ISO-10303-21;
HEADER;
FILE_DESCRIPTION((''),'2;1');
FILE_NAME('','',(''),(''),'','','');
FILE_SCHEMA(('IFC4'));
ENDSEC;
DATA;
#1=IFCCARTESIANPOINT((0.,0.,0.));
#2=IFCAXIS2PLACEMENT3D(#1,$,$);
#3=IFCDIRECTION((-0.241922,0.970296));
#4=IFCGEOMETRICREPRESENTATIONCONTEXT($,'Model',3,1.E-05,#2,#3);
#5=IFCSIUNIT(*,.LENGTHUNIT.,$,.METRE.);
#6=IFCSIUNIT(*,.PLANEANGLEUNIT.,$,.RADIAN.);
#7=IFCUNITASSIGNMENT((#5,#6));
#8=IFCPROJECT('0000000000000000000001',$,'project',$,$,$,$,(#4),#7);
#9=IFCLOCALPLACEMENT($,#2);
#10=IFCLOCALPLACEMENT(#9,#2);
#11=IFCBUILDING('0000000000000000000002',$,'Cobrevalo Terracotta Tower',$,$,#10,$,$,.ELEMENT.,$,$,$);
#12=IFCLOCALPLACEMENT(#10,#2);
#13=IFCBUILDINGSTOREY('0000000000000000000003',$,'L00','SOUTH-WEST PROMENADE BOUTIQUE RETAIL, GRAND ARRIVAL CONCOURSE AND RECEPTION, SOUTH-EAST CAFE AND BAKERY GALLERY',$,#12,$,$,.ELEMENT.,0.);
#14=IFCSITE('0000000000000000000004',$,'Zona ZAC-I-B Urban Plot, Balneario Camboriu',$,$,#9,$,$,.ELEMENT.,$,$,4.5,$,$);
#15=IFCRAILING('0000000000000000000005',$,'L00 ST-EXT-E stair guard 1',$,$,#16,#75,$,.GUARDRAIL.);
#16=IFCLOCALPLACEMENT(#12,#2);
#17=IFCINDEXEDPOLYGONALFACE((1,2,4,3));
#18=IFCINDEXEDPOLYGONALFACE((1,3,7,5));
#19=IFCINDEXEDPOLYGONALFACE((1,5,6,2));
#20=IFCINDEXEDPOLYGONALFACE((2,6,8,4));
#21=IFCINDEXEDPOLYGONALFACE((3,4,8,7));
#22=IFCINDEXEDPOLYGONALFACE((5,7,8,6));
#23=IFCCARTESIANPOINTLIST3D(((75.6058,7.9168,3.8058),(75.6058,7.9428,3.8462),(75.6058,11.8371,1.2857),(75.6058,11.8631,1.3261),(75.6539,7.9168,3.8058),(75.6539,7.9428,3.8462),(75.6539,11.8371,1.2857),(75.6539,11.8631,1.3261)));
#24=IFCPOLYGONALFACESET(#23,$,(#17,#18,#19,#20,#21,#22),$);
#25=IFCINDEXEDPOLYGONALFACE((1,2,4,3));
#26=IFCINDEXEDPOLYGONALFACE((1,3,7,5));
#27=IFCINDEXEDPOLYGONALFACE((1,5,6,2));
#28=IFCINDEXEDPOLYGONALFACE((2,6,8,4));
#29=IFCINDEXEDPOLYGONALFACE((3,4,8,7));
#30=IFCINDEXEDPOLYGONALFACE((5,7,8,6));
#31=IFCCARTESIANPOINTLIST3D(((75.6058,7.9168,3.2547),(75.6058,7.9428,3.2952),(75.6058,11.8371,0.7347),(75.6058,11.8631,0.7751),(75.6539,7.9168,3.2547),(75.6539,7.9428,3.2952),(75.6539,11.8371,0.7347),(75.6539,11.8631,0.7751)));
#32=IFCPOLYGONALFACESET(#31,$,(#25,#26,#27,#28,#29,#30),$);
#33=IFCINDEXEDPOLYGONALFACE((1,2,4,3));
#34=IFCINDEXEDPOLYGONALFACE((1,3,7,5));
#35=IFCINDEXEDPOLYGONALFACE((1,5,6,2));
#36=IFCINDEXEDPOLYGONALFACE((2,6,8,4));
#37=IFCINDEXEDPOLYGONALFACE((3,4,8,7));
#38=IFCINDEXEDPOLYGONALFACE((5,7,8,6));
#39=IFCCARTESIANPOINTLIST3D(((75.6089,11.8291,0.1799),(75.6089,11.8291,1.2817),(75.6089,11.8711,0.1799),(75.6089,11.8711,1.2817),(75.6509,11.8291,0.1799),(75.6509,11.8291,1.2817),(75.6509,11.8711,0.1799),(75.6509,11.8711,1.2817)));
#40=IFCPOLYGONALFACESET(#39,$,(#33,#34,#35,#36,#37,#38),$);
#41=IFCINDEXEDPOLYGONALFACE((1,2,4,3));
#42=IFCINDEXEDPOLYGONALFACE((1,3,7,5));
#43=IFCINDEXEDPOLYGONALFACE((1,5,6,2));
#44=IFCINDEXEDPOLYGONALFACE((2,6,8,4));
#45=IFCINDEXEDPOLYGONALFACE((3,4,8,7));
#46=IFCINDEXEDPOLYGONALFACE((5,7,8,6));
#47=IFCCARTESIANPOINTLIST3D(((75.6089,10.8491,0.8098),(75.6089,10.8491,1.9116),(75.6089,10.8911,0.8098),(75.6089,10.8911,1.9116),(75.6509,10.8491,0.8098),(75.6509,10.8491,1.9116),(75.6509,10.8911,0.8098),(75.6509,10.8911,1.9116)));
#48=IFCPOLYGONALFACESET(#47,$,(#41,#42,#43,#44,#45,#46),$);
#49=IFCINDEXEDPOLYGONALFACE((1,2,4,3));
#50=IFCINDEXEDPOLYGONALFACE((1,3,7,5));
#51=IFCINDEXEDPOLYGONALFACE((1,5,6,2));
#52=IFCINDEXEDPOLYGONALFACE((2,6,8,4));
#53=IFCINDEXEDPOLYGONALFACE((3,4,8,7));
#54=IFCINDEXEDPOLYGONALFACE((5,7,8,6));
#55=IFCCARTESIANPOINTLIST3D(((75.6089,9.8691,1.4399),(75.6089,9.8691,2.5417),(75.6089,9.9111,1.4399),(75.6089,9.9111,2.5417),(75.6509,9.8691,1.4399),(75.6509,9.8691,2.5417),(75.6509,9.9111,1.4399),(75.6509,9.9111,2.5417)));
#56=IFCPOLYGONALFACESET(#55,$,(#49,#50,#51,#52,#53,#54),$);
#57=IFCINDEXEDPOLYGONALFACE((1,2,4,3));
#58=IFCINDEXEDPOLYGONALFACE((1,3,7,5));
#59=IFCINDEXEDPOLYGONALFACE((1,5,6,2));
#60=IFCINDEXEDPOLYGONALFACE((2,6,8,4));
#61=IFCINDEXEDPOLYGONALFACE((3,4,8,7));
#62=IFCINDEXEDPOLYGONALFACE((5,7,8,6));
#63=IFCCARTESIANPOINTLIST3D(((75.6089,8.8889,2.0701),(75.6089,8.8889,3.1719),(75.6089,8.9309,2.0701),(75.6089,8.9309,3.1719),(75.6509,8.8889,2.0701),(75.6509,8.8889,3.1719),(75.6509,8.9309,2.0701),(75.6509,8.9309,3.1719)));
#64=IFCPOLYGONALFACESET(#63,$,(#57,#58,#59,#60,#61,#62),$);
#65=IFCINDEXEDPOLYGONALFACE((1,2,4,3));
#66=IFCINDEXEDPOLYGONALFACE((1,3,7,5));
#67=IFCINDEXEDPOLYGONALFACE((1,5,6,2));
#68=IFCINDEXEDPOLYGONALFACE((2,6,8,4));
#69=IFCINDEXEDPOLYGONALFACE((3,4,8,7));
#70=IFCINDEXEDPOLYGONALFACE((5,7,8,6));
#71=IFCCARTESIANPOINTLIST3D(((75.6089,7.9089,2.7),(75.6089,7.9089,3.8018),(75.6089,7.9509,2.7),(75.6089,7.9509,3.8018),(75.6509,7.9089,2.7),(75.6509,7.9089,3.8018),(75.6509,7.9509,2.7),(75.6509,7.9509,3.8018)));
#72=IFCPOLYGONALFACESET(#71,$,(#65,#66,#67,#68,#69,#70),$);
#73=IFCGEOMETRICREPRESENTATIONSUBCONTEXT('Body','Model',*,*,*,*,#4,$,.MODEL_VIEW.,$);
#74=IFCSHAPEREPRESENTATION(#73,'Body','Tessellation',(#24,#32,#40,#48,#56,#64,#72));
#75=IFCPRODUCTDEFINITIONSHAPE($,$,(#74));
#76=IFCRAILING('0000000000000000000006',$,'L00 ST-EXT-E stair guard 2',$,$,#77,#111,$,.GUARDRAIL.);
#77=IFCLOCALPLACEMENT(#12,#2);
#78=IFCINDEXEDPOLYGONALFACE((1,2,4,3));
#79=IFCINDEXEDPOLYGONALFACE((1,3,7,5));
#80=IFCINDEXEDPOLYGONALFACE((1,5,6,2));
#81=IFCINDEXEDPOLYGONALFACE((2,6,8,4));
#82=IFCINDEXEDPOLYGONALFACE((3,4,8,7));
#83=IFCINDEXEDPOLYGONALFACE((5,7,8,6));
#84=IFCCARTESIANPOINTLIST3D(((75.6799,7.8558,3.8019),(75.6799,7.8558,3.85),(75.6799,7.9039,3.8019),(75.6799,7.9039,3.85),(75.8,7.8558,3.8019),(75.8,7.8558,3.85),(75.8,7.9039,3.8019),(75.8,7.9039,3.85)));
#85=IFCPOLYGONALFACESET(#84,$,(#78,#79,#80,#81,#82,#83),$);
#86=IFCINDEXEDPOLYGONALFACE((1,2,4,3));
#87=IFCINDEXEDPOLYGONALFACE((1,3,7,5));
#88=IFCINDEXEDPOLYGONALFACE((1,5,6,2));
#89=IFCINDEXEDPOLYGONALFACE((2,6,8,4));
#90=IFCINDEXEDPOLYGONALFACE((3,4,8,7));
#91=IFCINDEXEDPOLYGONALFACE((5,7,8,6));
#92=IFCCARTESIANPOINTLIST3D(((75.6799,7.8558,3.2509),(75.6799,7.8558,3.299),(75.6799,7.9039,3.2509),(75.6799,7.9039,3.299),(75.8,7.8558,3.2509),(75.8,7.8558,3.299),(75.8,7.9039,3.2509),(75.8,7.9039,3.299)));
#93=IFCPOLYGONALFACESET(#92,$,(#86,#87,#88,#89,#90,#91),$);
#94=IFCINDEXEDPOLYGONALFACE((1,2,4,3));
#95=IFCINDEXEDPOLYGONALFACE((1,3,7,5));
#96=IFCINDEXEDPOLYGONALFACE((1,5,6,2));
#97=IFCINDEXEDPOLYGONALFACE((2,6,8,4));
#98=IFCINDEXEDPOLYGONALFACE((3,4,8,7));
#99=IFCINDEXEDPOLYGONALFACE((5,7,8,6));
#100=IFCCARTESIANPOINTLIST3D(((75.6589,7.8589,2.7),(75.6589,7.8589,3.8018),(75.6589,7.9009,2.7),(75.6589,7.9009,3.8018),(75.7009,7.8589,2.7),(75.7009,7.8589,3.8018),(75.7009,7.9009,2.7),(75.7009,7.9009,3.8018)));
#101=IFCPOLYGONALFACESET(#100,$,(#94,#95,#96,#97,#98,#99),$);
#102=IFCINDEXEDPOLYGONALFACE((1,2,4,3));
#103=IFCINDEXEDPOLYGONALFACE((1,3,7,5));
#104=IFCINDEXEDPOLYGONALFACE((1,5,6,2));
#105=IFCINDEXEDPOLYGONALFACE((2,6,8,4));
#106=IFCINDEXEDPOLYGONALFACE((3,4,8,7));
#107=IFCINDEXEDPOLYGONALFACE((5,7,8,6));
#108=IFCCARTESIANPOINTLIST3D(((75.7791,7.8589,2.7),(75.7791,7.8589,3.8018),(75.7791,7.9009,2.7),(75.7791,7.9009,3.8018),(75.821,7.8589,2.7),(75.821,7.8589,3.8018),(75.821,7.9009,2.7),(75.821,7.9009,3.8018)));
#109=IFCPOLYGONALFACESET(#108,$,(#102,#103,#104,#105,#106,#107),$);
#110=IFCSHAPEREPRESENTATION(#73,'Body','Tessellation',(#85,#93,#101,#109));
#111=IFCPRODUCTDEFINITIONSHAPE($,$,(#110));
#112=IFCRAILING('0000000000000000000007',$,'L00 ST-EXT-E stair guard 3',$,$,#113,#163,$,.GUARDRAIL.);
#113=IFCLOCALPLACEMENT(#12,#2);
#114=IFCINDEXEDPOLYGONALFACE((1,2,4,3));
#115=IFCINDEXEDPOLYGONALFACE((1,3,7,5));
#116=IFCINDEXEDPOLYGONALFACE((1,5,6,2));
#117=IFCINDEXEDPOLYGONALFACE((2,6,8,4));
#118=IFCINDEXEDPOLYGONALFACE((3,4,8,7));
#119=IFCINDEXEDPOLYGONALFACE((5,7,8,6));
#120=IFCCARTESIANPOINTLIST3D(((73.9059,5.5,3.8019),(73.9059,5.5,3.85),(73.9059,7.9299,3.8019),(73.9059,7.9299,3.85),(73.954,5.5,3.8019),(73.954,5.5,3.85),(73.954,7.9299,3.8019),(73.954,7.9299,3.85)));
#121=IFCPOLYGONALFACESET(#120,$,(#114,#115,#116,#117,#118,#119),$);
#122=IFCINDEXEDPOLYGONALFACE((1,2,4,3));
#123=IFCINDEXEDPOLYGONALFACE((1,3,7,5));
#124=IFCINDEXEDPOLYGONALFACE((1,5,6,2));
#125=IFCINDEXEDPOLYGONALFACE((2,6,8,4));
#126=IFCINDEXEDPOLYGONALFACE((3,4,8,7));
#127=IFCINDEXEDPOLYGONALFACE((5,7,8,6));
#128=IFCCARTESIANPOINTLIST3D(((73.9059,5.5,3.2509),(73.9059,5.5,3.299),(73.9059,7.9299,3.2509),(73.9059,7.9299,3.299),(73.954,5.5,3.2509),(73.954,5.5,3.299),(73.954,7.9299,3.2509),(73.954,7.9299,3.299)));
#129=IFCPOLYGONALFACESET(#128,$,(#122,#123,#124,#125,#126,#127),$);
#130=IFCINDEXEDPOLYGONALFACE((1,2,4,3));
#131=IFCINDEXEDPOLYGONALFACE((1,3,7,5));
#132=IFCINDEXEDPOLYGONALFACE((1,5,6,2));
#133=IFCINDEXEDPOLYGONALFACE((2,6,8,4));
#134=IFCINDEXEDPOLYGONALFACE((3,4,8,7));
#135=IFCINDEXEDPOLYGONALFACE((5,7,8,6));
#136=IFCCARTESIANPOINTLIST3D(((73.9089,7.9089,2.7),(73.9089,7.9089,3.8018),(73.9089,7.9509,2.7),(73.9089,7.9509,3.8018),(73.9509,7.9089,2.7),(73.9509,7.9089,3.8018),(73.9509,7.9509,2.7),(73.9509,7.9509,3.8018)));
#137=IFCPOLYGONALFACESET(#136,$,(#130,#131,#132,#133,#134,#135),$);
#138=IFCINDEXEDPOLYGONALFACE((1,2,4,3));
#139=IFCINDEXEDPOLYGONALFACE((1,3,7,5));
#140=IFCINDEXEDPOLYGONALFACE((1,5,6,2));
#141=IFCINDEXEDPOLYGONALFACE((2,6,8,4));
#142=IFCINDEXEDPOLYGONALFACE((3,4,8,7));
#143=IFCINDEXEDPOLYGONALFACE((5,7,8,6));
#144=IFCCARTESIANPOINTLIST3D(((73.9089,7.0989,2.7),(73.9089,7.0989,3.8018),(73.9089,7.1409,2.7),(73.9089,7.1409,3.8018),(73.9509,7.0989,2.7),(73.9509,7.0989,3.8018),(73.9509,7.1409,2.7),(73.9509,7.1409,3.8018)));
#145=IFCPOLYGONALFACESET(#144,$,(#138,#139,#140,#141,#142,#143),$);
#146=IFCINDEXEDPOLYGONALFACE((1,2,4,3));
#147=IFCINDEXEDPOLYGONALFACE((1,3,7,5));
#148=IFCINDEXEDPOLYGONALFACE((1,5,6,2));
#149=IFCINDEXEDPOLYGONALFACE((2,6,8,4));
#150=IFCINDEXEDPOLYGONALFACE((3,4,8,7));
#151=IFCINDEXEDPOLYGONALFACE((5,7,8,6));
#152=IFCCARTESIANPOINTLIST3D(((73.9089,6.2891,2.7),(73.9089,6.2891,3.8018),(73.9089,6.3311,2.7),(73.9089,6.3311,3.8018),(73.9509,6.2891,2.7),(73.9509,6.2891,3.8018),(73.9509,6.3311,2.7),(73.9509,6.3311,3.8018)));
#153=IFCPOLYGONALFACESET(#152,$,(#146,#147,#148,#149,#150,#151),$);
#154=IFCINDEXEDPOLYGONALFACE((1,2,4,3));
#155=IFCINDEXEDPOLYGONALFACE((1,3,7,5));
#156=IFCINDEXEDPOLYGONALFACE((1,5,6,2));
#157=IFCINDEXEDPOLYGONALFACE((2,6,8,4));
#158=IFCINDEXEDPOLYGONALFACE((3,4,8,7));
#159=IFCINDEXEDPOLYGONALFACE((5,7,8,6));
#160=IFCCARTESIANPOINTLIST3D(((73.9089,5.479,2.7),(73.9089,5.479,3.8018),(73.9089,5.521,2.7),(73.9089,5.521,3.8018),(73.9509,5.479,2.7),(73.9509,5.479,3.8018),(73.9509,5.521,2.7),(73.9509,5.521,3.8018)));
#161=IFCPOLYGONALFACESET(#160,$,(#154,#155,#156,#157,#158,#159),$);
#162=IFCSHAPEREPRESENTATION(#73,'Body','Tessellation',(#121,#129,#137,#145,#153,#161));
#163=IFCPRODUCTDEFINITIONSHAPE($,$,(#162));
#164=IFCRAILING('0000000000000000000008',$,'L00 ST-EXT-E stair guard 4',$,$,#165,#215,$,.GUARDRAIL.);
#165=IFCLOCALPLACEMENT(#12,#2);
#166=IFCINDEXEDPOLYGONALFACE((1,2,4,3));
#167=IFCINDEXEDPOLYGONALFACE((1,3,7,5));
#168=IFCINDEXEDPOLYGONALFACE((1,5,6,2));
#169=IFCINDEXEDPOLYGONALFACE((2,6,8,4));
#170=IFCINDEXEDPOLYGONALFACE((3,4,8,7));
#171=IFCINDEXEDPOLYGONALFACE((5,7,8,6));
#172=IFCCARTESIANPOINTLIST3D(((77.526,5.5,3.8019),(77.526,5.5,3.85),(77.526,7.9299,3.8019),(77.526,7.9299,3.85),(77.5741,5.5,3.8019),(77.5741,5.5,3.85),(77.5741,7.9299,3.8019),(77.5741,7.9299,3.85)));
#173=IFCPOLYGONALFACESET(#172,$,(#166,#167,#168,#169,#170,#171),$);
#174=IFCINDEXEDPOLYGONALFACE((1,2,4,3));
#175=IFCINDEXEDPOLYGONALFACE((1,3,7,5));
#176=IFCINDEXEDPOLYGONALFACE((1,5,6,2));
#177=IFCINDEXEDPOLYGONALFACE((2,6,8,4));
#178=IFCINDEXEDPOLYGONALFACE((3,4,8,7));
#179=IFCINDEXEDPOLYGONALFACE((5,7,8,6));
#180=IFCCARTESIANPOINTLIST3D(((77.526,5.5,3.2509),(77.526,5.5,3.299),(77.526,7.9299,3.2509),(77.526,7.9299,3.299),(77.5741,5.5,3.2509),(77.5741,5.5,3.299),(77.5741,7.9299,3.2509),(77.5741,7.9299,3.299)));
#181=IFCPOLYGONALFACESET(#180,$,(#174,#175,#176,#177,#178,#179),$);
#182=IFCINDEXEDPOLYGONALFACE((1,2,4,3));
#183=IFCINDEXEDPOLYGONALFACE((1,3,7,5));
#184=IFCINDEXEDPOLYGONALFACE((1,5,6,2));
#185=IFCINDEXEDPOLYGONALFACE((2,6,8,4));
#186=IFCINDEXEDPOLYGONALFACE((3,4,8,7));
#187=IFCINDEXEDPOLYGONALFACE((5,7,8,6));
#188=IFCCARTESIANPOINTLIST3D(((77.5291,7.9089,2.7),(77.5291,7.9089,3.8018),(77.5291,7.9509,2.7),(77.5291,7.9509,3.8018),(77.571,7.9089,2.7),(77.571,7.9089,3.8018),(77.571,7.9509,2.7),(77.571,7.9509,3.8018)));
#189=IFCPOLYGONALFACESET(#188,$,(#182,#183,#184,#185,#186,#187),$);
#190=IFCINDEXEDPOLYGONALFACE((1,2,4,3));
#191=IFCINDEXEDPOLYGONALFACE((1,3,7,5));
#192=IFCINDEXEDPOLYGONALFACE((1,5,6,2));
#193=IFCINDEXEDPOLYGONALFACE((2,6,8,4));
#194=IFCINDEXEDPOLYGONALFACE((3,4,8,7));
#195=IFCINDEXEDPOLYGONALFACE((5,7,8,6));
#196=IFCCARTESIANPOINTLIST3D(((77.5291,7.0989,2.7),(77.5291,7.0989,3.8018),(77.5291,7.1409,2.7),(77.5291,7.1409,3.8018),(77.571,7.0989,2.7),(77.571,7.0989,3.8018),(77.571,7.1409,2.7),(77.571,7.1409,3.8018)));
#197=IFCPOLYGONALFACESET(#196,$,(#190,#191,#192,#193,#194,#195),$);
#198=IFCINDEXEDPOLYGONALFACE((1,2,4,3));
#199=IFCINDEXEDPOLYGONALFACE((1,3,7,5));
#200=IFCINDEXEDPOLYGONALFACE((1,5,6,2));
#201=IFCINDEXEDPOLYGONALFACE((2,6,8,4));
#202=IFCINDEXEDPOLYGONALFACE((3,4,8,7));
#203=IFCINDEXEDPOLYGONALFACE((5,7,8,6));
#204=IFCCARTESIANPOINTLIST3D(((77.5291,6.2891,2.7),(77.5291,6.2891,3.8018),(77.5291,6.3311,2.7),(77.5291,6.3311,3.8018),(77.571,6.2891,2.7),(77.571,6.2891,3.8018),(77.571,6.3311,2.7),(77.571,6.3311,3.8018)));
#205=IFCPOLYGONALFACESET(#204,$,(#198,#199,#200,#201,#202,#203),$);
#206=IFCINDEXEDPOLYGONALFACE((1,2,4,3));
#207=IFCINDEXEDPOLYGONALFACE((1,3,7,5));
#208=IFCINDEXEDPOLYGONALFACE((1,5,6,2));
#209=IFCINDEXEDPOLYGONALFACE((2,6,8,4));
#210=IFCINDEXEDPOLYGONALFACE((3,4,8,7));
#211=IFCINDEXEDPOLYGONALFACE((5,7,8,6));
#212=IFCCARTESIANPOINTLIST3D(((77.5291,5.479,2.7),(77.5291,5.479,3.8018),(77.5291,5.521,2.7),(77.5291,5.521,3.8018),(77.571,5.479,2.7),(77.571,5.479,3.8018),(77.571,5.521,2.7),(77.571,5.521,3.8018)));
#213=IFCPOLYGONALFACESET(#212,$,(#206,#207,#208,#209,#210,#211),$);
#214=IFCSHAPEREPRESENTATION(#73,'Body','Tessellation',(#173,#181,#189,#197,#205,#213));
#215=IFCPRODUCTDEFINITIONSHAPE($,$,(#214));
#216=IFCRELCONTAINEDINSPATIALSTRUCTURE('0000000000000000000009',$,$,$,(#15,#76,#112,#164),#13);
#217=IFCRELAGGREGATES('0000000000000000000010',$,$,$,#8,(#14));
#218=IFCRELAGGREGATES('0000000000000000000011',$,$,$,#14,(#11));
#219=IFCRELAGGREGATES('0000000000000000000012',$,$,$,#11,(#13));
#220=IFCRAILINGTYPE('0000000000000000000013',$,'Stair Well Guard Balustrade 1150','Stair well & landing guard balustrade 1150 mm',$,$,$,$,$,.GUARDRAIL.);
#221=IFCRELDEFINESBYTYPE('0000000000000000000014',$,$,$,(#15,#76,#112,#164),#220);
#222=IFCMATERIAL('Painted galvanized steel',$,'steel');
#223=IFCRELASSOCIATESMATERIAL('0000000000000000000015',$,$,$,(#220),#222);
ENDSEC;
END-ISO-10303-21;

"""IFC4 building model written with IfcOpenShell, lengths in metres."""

from ifc_helpers import new_model, si_unit, direction, frame, origin, origin_2d, place, context, subcontext, project, spatial, rectangle, extrude, material, type_object, element, save


model = new_model("IFC4")

# Units and contexts
model_context = context("Model", 3, precision=1e-05, world=origin(), true_north=direction((-0.241922, 0.970296)))
body_context = subcontext(model_context, "Body", "Model", "MODEL_VIEW")
ifc_project = project(units=[si_unit("LENGTHUNIT", "METRE"), si_unit("PLANEANGLEUNIT", "RADIAN")], contexts=[model_context])

# Site, building, storey
site_placement = place(None, origin())
site = spatial("IfcSite", under=ifc_project, at=site_placement, Name="Zona ZAC-I-B Urban Plot, Balneario Camboriu", CompositionType="ELEMENT", RefElevation=4.5)
building_placement = place(site_placement, origin())
building = spatial("IfcBuilding", under=site, at=building_placement, Name="Cobrevalo Terracotta Tower", CompositionType="ELEMENT")
storey_placement = place(building_placement, origin())
storey = spatial("IfcBuildingStorey", under=building, at=storey_placement, Name="L00", Description="SOUTH-WEST PROMENADE BOUTIQUE RETAIL, GRAND ARRIVAL CONCOURSE AND RECEPTION, SOUTH-EAST CAFE AND BAKERY GALLERY", CompositionType="ELEMENT", Elevation=0.0)

# Railings
ifc_material_1 = material(Name="Painted galvanized steel", Category="steel")
railing_type_1 = type_object("IfcRailingType", Name="Stair Well Guard Balustrade 1150", Description="Stair well & landing guard balustrade 1150 mm", PredefinedType="GUARDRAIL", material=ifc_material_1)
railing_1_placement = place(storey_placement, frame((75.6299, 11.8501, 0.1799)))
element("IfcRailing", 1, at=railing_1_placement, inside=storey, type_object=railing_type_1, Name="L00 ST-EXT-E stair guard 1", PredefinedType="GUARDRAIL", context=body_context, shape_type="SweptSolid", body=[
    extrude(rectangle(XDim=0.0481, YDim=0.0481, at=origin_2d()), frame((0.0, 0.0, 1.126), z_axis=(0.0, -0.841187, 0.540744), x_axis=(1.0, 0.0, 0.0)), (0.0, 0.0, 1.0), 4.6604),
    extrude(rectangle(XDim=0.0481, YDim=0.0481, at=origin_2d()), frame((0.0, 0.0, 0.575), z_axis=(0.0, -0.841187, 0.540744), x_axis=(1.0, 0.0, 0.0)), (0.0, 0.0, 1.0), 4.6604),
    extrude(rectangle(XDim=0.042, YDim=0.042, at=origin_2d()), origin(), (0.0, 0.0, 1.0), 1.1018),
    extrude(rectangle(XDim=0.042, YDim=0.042, at=origin_2d()), frame((0.0, -0.98, 0.6299)), (0.0, 0.0, 1.0), 1.1018),
    extrude(rectangle(XDim=0.042, YDim=0.042, at=origin_2d()), frame((0.0, -1.96, 1.26)), (0.0, 0.0, 1.0), 1.1018),
    extrude(rectangle(XDim=0.042, YDim=0.042, at=origin_2d()), frame((0.0, -2.9402, 1.8901)), (0.0, 0.0, 1.0), 1.1018),
    extrude(rectangle(XDim=0.042, YDim=0.042, at=origin_2d()), frame((0.0, -3.9202, 2.52)), (0.0, 0.0, 1.0), 1.1018),
])
railing_2_placement = place(storey_placement, frame((75.6799, 7.8799, 2.7)))
element("IfcRailing", 2, at=railing_2_placement, inside=storey, type_object=railing_type_1, Name="L00 ST-EXT-E stair guard 2", PredefinedType="GUARDRAIL", context=body_context, shape_type="SweptSolid", body=[
    extrude(rectangle(XDim=0.0481, YDim=0.0481, at=origin_2d()), frame((0.0, 0.0, 1.126), z_axis=(1.0, 0.0, 0.0), x_axis=(0.0, 1.0, 0.0)), (0.0, 0.0, 1.0), 0.1201),
    extrude(rectangle(XDim=0.0481, YDim=0.0481, at=origin_2d()), frame((0.0, 0.0, 0.575), z_axis=(1.0, 0.0, 0.0), x_axis=(0.0, 1.0, 0.0)), (0.0, 0.0, 1.0), 0.1201),
    extrude(rectangle(XDim=0.042, YDim=0.042, at=origin_2d()), origin(), (0.0, 0.0, 1.0), 1.1018),
    extrude(rectangle(XDim=0.042, YDim=0.042, at=origin_2d()), frame((0.1201, 0.0, 0.0)), (0.0, 0.0, 1.0), 1.1018),
])
for number, where, name in (
    (3, (73.9299, 7.9299, 2.7), "L00 ST-EXT-E stair guard 3"),
    (4, (77.55, 7.9299, 2.7), "L00 ST-EXT-E stair guard 4"),
):
    element("IfcRailing", number, at=place(storey_placement, frame(where)), inside=storey, type_object=railing_type_1, Name=name, PredefinedType="GUARDRAIL", context=body_context, shape_type="SweptSolid", body=[
        extrude(rectangle(XDim=0.0481, YDim=0.0481, at=origin_2d()), frame((0.0, 0.0, 1.126), z_axis=(0.0, -1.0, 0.0), x_axis=(1.0, 0.0, 0.0)), (0.0, 0.0, 1.0), 2.4299),
        extrude(rectangle(XDim=0.0481, YDim=0.0481, at=origin_2d()), frame((0.0, 0.0, 0.575), z_axis=(0.0, -1.0, 0.0), x_axis=(1.0, 0.0, 0.0)), (0.0, 0.0, 1.0), 2.4299),
        extrude(rectangle(XDim=0.042, YDim=0.042, at=origin_2d()), origin(), (0.0, 0.0, 1.0), 1.1018),
        extrude(rectangle(XDim=0.042, YDim=0.042, at=origin_2d()), frame((0.0, -0.8101, 0.0)), (0.0, 0.0, 1.0), 1.1018),
        extrude(rectangle(XDim=0.042, YDim=0.042, at=origin_2d()), frame((0.0, -1.6199, 0.0)), (0.0, 0.0, 1.0), 1.1018),
        extrude(rectangle(XDim=0.042, YDim=0.042, at=origin_2d()), frame((0.0, -2.4299, 0.0)), (0.0, 0.0, 1.0), 1.1018),
    ])

save(model, "model.ifc")
